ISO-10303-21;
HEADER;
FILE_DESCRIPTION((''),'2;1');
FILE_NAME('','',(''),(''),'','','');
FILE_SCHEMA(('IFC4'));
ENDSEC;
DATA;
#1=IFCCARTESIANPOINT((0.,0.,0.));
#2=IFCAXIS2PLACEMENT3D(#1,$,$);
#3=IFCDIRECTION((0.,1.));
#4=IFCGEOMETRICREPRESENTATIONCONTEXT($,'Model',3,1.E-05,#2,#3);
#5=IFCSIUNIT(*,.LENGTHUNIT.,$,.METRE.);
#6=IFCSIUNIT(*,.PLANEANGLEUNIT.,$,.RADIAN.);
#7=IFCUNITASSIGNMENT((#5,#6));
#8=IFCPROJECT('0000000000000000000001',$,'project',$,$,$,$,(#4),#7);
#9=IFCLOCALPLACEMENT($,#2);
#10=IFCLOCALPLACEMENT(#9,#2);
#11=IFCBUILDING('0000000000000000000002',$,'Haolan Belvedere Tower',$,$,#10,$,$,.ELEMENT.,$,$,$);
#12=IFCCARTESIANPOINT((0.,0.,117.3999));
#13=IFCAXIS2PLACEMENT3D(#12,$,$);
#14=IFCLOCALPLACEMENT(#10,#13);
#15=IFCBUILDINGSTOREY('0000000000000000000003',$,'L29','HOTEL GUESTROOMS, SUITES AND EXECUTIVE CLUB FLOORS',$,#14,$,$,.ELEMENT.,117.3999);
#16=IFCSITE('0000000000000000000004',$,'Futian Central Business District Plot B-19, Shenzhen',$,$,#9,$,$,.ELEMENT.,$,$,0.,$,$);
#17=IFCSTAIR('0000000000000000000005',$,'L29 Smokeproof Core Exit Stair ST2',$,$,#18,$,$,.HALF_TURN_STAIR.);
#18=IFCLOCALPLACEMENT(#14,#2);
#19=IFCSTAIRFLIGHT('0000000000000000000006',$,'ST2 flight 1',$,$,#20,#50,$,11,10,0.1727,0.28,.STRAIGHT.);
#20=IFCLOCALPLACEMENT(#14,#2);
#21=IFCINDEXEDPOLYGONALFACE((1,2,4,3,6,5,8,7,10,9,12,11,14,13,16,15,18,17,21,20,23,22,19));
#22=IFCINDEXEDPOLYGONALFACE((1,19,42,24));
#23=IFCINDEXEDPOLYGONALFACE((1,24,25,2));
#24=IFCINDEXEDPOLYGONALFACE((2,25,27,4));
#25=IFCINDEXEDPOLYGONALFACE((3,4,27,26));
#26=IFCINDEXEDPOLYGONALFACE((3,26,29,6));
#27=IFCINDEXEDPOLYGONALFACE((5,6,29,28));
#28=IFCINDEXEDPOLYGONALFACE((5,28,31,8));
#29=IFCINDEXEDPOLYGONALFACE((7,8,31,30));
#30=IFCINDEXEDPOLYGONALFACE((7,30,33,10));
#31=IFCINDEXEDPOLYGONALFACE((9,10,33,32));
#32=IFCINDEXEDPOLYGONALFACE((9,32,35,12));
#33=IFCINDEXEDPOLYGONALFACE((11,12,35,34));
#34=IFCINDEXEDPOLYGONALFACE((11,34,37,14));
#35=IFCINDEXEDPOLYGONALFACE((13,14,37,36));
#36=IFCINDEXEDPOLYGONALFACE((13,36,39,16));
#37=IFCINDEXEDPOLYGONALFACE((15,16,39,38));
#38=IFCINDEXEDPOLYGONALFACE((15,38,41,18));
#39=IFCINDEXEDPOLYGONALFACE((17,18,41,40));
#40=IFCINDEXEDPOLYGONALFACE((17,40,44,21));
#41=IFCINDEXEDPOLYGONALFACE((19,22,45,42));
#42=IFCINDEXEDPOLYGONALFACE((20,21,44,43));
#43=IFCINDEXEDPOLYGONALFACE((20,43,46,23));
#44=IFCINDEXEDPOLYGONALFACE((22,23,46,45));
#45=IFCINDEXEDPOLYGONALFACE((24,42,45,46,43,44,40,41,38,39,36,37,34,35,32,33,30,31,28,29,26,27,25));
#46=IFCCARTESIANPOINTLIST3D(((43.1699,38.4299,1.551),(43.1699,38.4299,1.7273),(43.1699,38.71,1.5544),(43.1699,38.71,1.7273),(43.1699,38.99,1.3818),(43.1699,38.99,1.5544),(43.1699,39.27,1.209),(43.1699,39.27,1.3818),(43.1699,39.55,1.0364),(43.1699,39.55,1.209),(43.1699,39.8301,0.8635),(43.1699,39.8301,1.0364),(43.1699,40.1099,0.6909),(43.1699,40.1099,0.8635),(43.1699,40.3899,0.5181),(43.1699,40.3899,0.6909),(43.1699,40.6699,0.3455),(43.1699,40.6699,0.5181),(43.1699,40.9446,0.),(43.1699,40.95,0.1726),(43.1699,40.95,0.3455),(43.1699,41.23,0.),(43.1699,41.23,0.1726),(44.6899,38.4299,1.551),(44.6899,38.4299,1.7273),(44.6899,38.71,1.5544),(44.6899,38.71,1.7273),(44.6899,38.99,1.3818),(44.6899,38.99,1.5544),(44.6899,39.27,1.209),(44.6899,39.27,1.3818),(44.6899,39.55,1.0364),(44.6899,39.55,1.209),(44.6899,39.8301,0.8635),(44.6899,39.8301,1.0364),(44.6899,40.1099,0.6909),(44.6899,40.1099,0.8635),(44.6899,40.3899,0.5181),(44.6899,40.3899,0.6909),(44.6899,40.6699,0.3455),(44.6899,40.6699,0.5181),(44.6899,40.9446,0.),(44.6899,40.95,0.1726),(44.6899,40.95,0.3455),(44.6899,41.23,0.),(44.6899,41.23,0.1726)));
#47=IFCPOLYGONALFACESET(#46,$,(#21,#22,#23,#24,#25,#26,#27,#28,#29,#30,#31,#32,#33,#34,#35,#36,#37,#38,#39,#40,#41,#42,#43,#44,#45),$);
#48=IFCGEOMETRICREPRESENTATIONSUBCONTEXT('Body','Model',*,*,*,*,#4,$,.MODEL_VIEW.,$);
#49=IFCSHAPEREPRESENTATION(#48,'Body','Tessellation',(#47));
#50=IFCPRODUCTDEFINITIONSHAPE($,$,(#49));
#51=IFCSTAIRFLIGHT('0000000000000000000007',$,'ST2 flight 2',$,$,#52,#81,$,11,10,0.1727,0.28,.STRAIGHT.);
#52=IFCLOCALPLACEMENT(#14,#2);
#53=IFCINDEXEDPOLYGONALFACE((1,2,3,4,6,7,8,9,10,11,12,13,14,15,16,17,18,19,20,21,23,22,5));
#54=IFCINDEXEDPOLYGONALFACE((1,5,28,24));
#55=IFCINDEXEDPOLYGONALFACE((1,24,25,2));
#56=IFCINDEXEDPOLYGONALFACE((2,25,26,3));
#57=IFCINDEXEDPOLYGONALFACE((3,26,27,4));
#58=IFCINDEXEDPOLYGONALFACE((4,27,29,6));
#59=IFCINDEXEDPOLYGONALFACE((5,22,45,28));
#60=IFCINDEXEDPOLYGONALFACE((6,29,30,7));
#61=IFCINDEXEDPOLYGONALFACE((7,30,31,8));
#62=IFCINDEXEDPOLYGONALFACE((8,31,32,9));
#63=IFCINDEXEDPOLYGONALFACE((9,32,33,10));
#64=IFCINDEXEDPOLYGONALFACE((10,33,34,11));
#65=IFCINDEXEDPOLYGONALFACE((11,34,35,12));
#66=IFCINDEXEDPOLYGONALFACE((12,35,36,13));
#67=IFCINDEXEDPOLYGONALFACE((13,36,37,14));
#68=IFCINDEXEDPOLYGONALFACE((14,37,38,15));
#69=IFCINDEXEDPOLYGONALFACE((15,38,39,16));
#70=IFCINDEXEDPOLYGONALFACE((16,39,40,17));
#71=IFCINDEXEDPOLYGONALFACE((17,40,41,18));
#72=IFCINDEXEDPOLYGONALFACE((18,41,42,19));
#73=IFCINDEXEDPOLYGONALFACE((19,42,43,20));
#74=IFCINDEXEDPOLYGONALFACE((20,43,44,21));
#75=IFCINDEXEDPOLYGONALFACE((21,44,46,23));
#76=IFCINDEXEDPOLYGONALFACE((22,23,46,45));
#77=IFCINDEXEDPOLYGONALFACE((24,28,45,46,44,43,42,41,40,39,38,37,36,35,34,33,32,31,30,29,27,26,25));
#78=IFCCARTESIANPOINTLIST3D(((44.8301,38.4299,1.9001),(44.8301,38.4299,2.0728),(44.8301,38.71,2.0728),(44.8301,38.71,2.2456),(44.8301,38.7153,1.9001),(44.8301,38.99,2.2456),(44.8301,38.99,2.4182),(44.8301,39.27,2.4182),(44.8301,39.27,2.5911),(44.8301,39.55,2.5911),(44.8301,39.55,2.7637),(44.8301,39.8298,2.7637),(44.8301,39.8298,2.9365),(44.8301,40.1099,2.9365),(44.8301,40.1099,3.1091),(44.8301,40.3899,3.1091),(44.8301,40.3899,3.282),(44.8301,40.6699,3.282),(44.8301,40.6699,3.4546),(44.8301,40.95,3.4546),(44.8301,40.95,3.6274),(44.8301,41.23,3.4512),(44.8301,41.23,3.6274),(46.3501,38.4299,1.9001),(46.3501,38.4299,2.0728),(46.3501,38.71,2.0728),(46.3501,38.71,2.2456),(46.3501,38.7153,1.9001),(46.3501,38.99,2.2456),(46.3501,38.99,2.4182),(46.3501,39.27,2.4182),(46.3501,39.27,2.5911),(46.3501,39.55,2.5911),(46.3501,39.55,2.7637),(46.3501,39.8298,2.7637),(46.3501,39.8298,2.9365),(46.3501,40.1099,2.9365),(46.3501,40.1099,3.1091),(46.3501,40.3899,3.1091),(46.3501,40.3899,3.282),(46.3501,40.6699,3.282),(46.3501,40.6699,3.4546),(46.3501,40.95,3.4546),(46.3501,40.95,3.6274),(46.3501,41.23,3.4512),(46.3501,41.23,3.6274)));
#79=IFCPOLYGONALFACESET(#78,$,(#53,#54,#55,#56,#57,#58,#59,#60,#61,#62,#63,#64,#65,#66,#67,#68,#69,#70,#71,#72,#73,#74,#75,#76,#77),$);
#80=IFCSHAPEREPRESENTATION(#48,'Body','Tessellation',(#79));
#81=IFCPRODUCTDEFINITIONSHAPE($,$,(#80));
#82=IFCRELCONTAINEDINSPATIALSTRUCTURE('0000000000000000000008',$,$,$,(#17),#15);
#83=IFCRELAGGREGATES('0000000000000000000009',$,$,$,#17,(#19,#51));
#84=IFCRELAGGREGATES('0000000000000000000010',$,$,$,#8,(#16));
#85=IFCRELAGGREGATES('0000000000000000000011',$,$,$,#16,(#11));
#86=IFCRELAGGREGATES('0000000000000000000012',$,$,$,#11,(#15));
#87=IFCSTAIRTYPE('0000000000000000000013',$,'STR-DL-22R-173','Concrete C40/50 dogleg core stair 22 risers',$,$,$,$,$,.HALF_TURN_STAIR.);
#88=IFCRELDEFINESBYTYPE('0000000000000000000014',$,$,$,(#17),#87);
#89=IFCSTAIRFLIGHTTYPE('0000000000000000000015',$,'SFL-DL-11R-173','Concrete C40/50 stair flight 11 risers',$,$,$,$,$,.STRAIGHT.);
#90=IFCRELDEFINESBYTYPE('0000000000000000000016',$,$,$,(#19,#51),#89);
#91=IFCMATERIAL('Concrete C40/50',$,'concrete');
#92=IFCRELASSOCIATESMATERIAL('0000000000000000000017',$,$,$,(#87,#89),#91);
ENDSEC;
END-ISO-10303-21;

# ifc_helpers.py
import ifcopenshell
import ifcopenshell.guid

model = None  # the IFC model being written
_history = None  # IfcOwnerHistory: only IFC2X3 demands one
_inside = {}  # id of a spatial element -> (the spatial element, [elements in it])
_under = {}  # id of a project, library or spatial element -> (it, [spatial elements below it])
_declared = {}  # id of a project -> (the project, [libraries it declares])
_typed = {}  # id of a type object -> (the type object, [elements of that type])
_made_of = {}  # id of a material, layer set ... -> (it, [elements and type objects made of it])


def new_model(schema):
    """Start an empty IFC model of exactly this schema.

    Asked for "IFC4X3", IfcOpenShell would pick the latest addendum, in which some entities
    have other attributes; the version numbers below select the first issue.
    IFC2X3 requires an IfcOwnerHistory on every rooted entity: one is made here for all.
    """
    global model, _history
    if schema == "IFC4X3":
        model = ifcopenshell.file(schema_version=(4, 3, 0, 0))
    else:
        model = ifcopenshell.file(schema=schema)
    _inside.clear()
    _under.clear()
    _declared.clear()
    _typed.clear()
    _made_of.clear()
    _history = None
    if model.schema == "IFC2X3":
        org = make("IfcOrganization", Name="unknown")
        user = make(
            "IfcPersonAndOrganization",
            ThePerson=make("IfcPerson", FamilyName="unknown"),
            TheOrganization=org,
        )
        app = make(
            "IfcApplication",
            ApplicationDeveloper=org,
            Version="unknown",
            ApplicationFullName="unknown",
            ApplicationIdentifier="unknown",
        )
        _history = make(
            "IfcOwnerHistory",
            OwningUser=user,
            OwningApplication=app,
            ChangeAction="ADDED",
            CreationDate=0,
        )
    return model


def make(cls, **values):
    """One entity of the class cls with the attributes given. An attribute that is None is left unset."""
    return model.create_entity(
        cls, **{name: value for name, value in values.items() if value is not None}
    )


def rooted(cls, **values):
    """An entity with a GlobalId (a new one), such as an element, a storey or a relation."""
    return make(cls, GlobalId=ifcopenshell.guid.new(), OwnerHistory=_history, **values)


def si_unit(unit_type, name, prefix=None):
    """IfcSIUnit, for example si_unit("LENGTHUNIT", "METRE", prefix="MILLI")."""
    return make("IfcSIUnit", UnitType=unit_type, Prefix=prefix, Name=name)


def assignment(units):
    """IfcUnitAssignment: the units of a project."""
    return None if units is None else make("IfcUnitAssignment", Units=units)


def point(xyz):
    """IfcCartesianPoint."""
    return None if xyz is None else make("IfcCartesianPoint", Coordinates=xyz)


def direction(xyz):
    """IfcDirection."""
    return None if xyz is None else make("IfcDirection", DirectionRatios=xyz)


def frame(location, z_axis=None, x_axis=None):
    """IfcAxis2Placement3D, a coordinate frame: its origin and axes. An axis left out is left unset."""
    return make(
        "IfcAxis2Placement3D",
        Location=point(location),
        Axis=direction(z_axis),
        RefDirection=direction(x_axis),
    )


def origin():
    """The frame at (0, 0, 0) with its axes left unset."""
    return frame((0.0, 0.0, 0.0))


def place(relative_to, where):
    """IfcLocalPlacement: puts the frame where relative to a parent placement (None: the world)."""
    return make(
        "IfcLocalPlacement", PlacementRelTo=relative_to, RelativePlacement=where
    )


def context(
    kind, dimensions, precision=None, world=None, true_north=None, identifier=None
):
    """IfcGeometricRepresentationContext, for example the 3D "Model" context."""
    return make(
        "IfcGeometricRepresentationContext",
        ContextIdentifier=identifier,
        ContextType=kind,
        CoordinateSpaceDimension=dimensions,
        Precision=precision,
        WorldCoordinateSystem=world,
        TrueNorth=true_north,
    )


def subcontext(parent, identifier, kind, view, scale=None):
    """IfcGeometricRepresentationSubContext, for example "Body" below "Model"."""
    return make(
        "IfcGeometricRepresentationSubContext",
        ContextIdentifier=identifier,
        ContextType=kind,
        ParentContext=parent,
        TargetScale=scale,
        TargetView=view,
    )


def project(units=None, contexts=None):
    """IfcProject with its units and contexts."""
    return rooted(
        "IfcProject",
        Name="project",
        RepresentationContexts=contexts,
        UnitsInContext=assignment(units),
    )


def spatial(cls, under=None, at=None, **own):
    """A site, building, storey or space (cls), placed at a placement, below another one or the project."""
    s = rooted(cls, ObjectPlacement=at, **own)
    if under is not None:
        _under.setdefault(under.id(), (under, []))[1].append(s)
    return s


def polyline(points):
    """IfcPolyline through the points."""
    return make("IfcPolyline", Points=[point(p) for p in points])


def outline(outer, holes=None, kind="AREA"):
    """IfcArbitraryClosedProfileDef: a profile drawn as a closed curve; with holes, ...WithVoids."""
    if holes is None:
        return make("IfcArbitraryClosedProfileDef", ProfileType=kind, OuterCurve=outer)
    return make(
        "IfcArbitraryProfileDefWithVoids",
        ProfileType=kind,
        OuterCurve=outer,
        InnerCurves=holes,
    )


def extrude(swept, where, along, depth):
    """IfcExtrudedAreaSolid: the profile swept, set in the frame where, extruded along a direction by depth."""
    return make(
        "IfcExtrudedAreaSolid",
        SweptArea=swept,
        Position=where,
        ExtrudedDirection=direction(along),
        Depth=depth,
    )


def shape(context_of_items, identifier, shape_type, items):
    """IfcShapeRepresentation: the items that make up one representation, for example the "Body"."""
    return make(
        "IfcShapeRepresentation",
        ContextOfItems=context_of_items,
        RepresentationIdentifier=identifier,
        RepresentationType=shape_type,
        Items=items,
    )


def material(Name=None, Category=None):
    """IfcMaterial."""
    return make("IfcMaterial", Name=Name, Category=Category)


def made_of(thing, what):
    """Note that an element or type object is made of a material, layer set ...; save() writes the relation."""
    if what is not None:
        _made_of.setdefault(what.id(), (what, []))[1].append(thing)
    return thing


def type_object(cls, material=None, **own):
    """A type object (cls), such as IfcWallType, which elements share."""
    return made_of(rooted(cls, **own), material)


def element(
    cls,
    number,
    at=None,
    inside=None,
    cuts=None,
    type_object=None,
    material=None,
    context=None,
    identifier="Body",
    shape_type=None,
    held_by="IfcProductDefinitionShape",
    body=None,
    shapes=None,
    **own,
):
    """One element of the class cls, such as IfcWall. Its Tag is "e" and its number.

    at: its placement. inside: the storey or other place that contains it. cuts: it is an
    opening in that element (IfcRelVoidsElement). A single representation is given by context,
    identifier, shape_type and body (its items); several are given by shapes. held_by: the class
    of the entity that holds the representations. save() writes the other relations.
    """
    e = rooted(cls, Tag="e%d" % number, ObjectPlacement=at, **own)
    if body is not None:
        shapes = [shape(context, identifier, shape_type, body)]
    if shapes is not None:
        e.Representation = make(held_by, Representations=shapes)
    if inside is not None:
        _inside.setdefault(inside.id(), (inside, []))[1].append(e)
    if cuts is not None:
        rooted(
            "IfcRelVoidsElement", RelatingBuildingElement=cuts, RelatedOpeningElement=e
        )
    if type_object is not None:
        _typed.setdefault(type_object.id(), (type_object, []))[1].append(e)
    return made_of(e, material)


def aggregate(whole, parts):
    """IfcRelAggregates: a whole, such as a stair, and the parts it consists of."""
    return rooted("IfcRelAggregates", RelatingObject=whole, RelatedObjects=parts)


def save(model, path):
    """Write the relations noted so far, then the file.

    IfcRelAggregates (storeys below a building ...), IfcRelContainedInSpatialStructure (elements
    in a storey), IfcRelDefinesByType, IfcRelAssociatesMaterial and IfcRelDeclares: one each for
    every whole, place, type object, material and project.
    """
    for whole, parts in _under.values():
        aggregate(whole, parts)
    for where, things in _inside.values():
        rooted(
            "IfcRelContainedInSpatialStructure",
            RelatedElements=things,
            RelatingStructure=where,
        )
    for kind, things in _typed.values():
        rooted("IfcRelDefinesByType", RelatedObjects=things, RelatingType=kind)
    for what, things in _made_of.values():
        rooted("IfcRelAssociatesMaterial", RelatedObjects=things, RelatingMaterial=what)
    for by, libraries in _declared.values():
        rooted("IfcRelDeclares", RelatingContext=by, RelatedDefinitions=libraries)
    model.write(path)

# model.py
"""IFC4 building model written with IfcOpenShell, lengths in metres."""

from ifc_helpers import new_model, si_unit, direction, frame, origin, place, context, subcontext, project, spatial, polyline, outline, extrude, material, type_object, element, aggregate, save


model = new_model("IFC4")

# Units and contexts
model_context = context("Model", 3, precision=1e-05, world=origin(), true_north=direction((0.0, 1.0)))
body_context = subcontext(model_context, "Body", "Model", "MODEL_VIEW")
ifc_project = project(units=[si_unit("LENGTHUNIT", "METRE"), si_unit("PLANEANGLEUNIT", "RADIAN")], contexts=[model_context])

# Site, building, storey
site_placement = place(None, origin())
site = spatial("IfcSite", under=ifc_project, at=site_placement, Name="Futian Central Business District Plot B-19, Shenzhen", CompositionType="ELEMENT", RefElevation=0.0)
building_placement = place(site_placement, origin())
building = spatial("IfcBuilding", under=site, at=building_placement, Name="Haolan Belvedere Tower", CompositionType="ELEMENT")
storey_placement = place(building_placement, frame((0.0, 0.0, 117.3999)))
storey = spatial("IfcBuildingStorey", under=building, at=storey_placement, Name="L29", Description="HOTEL GUESTROOMS, SUITES AND EXECUTIVE CLUB FLOORS", CompositionType="ELEMENT", Elevation=117.3999)

# Stair, stair flights
ifc_material_1 = material(Name="Concrete C40/50", Category="concrete")
stair_type = type_object("IfcStairType", Name="STR-DL-22R-173", Description="Concrete C40/50 dogleg core stair 22 risers", PredefinedType="HALF_TURN_STAIR", material=ifc_material_1)
stair_flight_type = type_object("IfcStairFlightType", Name="SFL-DL-11R-173", Description="Concrete C40/50 stair flight 11 risers", PredefinedType="STRAIGHT", material=ifc_material_1)
stair_1_placement = place(storey_placement, origin())
stair_1 = element("IfcStair", 1, at=stair_1_placement, inside=storey, type_object=stair_type, Name="L29 Smokeproof Core Exit Stair ST2", PredefinedType="HALF_TURN_STAIR")
stair_flight_1_placement = place(storey_placement, frame((43.9299, 41.23, 0.0), z_axis=(0.0, 0.0, 1.0), x_axis=(0.0, -1.0, 0.0)))
stair_flight_1 = element("IfcStairFlight", 2, at=stair_flight_1_placement, type_object=stair_flight_type, Name="ST2 flight 1", NumberOfRisers=11, NumberOfTreads=10, PredefinedType="STRAIGHT", RiserHeight=0.1727, TreadLength=0.28, context=body_context, shape_type="SweptSolid", body=[
    extrude(outline(polyline([(0.0, 0.0), (0.0, 0.1726), (0.28, 0.1726), (0.28, 0.3455), (0.5601, 0.3455), (0.5601, 0.5181), (0.8401, 0.5181), (0.8401, 0.6909), (1.1201, 0.6909), (1.1201, 0.8635), (1.3999, 0.8635), (1.3999, 1.0364), (1.6799, 1.0364), (1.6799, 1.209), (1.96, 1.209), (1.96, 1.3818), (2.24, 1.3818), (2.24, 1.5544), (2.52, 1.5544), (2.52, 1.7273), (2.8, 1.7273), (2.8, 1.8999), (2.8, 1.551), (0.2854, 0.0), (0.0, 0.0)])), frame((0.0, 0.76, 0.0), z_axis=(0.0, -1.0, 0.0), x_axis=(1.0, 0.0, 0.0)), (0.0, 0.0, 1.0), 1.52),
])
stair_flight_2_placement = place(storey_placement, frame((45.5901, 38.4299, 1.9001), z_axis=(0.0, 0.0, 1.0), x_axis=(0.0, 1.0, 0.0)))
stair_flight_2 = element("IfcStairFlight", 3, at=stair_flight_2_placement, type_object=stair_flight_type, Name="ST2 flight 2", NumberOfRisers=11, NumberOfTreads=10, PredefinedType="STRAIGHT", RiserHeight=0.1727, TreadLength=0.28, context=body_context, shape_type="SweptSolid", body=[
    extrude(outline(polyline([(0.0, 0.0), (0.0, 0.1726), (0.28, 0.1726), (0.28, 0.3455), (0.5601, 0.3455), (0.5601, 0.5181), (0.8401, 0.5181), (0.8401, 0.6909), (1.1201, 0.6909), (1.1201, 0.8635), (1.3999, 0.8635), (1.3999, 1.0364), (1.6799, 1.0364), (1.6799, 1.209), (1.96, 1.209), (1.96, 1.3818), (2.24, 1.3818), (2.24, 1.5544), (2.52, 1.5544), (2.52, 1.7273), (2.8, 1.7273), (2.8, 1.8999), (2.8, 1.551), (0.2854, 0.0), (0.0, 0.0)])), frame((0.0, 0.76, 0.0), z_axis=(0.0, -1.0, 0.0), x_axis=(1.0, 0.0, 0.0)), (0.0, 0.0, 1.0), 1.52),
])
aggregate(stair_1, [stair_flight_1, stair_flight_2])

save(model, "model.ifc")
